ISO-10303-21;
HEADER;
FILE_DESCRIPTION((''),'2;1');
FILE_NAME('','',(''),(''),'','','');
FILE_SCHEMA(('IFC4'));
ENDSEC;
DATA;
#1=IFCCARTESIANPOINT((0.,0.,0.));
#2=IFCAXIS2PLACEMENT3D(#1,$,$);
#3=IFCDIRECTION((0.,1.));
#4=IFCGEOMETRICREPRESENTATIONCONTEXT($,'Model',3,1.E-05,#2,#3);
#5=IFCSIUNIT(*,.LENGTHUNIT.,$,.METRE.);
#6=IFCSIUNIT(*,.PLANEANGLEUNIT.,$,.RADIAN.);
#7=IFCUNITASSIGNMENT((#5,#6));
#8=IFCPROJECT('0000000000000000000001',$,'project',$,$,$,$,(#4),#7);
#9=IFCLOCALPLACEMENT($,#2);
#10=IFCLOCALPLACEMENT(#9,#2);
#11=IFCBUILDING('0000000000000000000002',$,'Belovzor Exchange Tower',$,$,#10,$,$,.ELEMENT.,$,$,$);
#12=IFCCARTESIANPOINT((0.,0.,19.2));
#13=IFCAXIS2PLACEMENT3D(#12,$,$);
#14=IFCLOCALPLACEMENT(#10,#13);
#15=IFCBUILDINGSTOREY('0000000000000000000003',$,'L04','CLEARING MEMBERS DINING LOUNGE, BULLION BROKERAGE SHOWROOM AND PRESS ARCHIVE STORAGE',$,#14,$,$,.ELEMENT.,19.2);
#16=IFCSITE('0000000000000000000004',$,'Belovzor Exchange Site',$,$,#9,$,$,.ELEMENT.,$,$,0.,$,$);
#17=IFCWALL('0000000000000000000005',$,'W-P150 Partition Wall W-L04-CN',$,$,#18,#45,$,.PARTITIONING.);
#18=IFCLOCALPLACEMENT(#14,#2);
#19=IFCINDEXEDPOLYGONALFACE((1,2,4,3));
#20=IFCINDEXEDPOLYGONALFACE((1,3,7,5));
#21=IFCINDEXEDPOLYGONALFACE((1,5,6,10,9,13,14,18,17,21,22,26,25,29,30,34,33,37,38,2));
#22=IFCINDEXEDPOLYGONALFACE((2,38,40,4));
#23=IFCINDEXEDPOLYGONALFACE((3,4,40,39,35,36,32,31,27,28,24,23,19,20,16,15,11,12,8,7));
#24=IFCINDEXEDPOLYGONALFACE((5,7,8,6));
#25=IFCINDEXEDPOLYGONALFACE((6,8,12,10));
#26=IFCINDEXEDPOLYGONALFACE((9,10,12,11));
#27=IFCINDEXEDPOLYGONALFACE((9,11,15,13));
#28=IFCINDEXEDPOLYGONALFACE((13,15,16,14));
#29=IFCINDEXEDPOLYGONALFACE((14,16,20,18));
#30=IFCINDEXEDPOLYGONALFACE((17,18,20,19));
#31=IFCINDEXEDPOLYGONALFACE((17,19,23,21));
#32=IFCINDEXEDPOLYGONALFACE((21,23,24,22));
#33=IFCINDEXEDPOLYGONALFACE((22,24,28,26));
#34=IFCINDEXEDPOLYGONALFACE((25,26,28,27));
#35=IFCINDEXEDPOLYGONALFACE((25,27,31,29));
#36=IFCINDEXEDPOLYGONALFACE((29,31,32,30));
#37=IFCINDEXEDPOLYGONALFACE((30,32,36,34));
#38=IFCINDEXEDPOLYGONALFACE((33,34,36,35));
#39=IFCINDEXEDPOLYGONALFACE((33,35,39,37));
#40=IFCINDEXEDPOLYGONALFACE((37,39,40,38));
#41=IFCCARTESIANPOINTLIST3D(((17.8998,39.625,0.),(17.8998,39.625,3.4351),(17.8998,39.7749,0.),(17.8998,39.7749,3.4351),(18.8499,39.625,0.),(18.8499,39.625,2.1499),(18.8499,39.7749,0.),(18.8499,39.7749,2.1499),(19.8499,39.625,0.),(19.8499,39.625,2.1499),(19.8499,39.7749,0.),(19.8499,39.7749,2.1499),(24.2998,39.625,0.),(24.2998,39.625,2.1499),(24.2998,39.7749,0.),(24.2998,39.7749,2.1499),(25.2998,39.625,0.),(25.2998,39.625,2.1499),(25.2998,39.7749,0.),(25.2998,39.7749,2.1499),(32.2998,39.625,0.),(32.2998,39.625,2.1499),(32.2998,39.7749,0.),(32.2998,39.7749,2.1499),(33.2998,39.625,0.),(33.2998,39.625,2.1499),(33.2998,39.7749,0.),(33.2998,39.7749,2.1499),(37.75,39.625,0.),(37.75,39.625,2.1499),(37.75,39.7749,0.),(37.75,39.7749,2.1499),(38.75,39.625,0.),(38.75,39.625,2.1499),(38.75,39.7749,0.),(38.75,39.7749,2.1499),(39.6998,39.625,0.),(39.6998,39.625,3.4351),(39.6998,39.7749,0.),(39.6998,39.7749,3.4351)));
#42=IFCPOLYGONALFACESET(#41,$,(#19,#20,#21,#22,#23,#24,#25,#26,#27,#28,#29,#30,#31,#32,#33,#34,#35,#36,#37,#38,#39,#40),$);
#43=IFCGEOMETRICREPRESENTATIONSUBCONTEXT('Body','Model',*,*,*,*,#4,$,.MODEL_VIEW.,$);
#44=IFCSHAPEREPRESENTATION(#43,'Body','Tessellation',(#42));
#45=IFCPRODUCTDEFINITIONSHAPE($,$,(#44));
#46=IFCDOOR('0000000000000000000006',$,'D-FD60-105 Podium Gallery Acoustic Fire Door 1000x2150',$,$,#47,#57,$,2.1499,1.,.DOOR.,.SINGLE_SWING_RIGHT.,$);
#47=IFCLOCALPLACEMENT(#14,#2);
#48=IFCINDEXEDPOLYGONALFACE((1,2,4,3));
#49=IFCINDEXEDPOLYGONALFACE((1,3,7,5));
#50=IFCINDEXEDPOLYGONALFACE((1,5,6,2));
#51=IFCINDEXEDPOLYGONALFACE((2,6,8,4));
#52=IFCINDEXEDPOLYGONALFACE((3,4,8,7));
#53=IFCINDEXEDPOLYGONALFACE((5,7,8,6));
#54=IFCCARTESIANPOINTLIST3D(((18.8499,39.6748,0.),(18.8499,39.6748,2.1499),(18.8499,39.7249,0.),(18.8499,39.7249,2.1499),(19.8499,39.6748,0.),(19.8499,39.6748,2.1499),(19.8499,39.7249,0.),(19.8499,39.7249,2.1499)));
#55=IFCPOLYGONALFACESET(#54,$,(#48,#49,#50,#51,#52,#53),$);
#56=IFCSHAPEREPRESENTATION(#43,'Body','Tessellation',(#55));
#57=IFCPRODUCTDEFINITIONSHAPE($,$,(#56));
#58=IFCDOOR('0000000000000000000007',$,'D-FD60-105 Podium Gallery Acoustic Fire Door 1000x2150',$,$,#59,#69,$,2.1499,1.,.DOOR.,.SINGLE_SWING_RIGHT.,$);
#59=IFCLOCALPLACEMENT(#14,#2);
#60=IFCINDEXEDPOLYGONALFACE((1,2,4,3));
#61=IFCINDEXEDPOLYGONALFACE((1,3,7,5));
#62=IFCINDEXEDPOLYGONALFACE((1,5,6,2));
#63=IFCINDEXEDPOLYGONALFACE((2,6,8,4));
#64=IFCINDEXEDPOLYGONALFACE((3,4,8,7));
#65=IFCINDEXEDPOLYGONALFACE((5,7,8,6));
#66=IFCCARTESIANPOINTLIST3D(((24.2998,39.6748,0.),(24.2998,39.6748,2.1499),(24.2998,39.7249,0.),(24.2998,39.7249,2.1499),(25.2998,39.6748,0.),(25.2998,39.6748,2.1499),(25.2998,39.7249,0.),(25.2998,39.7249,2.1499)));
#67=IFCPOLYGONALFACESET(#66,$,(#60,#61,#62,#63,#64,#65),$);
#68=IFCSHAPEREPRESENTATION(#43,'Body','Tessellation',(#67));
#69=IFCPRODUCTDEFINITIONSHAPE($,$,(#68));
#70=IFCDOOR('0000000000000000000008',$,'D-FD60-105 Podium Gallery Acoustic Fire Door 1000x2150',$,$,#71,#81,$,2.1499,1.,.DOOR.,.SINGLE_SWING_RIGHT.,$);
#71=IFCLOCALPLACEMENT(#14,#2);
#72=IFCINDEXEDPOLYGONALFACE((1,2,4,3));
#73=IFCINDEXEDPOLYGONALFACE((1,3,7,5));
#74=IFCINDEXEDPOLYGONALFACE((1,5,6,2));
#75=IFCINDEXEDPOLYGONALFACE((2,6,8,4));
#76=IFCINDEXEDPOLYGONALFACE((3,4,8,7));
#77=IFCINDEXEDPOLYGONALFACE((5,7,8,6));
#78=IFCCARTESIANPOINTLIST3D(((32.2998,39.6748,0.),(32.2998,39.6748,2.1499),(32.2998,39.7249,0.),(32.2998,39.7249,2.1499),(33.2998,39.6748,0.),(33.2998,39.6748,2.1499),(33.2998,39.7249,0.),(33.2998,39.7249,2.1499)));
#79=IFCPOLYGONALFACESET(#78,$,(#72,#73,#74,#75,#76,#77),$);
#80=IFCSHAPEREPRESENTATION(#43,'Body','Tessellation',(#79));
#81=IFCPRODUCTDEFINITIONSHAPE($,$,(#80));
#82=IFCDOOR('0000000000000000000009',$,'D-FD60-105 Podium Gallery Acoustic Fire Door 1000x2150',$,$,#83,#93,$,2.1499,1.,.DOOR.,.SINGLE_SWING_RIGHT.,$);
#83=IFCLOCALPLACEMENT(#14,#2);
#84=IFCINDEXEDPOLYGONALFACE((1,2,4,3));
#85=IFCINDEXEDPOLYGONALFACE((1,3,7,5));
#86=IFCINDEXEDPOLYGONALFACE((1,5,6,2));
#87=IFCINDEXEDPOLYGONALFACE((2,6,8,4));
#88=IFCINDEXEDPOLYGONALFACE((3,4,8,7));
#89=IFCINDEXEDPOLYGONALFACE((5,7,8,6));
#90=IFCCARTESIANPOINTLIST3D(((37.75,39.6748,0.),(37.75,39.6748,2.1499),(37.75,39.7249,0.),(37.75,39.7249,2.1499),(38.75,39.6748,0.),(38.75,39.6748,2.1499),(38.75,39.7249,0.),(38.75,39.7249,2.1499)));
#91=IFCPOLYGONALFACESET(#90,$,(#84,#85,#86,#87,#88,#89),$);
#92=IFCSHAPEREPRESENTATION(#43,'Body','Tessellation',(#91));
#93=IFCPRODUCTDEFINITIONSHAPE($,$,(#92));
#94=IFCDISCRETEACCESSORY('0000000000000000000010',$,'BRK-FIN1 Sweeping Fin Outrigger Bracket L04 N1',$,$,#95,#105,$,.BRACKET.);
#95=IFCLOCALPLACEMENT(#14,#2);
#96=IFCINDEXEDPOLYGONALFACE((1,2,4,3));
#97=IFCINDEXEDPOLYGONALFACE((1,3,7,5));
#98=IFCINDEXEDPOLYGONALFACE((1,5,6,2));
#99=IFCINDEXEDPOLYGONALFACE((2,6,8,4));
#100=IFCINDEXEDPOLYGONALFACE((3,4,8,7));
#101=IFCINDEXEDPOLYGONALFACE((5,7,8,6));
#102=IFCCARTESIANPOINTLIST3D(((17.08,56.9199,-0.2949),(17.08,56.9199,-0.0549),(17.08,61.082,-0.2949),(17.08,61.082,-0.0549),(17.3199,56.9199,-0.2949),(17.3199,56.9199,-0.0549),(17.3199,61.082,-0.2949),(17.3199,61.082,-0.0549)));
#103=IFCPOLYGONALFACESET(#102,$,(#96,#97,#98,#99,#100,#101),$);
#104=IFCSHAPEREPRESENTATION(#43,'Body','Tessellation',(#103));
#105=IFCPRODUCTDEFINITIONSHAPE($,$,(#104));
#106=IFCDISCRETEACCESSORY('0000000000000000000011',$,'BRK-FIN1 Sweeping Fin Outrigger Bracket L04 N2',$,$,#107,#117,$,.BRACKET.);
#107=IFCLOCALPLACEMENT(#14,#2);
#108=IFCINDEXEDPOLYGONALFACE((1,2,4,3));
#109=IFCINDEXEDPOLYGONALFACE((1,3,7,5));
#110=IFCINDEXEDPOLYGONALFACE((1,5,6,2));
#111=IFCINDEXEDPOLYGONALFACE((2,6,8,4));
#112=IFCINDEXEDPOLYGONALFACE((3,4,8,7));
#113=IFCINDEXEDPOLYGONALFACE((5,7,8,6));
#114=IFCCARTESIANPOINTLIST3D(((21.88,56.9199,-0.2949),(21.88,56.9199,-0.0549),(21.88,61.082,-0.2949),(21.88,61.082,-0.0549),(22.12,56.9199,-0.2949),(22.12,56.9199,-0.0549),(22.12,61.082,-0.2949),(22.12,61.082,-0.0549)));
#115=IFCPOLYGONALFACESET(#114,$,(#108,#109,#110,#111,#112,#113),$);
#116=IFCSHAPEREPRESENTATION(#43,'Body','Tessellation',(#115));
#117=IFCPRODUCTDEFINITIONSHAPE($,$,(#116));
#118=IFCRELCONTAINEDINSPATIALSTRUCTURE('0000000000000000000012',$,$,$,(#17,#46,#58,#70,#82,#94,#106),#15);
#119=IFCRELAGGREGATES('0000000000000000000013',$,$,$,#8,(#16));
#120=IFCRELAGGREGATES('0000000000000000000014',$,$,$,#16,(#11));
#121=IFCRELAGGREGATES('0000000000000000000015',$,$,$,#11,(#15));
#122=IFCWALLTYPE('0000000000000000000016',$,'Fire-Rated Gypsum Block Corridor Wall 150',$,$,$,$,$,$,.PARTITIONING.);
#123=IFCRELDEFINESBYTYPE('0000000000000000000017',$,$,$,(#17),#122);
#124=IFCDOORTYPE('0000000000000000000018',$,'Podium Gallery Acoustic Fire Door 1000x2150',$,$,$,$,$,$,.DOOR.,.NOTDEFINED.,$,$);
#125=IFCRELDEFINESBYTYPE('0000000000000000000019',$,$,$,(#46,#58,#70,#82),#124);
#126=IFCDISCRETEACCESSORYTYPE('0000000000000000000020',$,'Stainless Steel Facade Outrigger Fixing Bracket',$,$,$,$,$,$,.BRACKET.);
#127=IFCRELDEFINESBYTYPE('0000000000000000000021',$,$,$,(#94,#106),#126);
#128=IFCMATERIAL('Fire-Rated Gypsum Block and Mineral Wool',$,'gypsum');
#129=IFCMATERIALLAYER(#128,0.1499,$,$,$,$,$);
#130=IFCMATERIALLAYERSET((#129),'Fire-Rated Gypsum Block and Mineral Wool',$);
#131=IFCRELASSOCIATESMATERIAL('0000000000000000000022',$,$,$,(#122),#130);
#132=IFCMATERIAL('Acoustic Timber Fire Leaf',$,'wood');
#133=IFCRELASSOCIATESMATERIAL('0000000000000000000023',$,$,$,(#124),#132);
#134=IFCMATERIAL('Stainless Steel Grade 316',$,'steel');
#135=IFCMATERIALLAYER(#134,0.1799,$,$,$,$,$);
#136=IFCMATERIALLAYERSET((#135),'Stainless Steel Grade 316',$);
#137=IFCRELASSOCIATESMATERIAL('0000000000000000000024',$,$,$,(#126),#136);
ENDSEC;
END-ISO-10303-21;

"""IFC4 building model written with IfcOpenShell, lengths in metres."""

from ifc_helpers import new_model, si_unit, direction, frame, frame_2d, origin, origin_2d, place, context, subcontext, project, spatial, rectangle, extrude, material, layer, layer_set, type_object, element, fill, save


model = new_model("IFC4")

# Units and contexts
model_context = context("Model", 3, precision=1e-05, world=origin(), true_north=direction((0.0, 1.0)))
body_context = subcontext(model_context, "Body", "Model", "MODEL_VIEW")
ifc_project = project(units=[si_unit("LENGTHUNIT", "METRE"), si_unit("PLANEANGLEUNIT", "RADIAN")], contexts=[model_context])

# Site, building, storey
site_placement = place(None, origin())
site = spatial("IfcSite", under=ifc_project, at=site_placement, Name="Belovzor Exchange Site", CompositionType="ELEMENT", RefElevation=0.0)
building_placement = place(site_placement, origin())
building = spatial("IfcBuilding", under=site, at=building_placement, Name="Belovzor Exchange Tower", CompositionType="ELEMENT")
storey_placement = place(building_placement, frame((0.0, 0.0, 19.2)))
storey = spatial("IfcBuildingStorey", under=building, at=storey_placement, Name="L04", Description="CLEARING MEMBERS DINING LOUNGE, BULLION BROKERAGE SHOWROOM AND PRESS ARCHIVE STORAGE", CompositionType="ELEMENT", Elevation=19.2)

# Wall, openings, doors
ifc_material_1 = material(Name="Fire-Rated Gypsum Block and Mineral Wool", Category="gypsum")
ifc_layer_1 = layer(ifc_material_1, 0.1499)
ifc_layer_set_1 = layer_set([ifc_layer_1], Name="Fire-Rated Gypsum Block and Mineral Wool")
wall_type_1 = type_object("IfcWallType", Name="Fire-Rated Gypsum Block Corridor Wall 150", PredefinedType="PARTITIONING", material=ifc_layer_set_1)
wall_1_placement = place(storey_placement, frame((17.8999, 39.7, 0.0), z_axis=(0.0, 0.0, 1.0), x_axis=(1.0, 0.0, 0.0)))
wall_1 = element("IfcWall", 1, at=wall_1_placement, inside=storey, type_object=wall_type_1, Name="W-P150 Partition Wall W-L04-CN", PredefinedType="PARTITIONING", context=body_context, shape_type="SweptSolid", body=[
    extrude(rectangle(XDim=21.8, YDim=0.1499, at=frame_2d((10.8999, 0.0))), origin(), (0.0, 0.0, 1.0), 3.4351),
])
opening_1_placement = place(wall_1_placement, frame((0.95, 0.0, 0.0)))
opening_1 = element("IfcOpeningElement", 2, at=opening_1_placement, cuts=wall_1, PredefinedType="OPENING", context=body_context, shape_type="SweptSolid", body=[
    extrude(rectangle(XDim=1.0, YDim=2.1499, at=frame_2d((0.5, 1.075))), frame((0.0, 0.085, 0.0), z_axis=(0.0, -1.0, 0.0), x_axis=(1.0, 0.0, 0.0)), (0.0, 0.0, 1.0), 0.1699),
])
opening_2_placement = place(wall_1_placement, frame((6.3999, 0.0, 0.0)))
opening_2 = element("IfcOpeningElement", 3, at=opening_2_placement, cuts=wall_1, PredefinedType="OPENING", context=body_context, shape_type="SweptSolid", body=[
    extrude(rectangle(XDim=1.0, YDim=2.1499, at=frame_2d((0.5, 1.075))), frame((0.0, 0.085, 0.0), z_axis=(0.0, -1.0, 0.0), x_axis=(1.0, 0.0, 0.0)), (0.0, 0.0, 1.0), 0.1699),
])
opening_3_placement = place(wall_1_placement, frame((14.3999, 0.0, 0.0)))
opening_3 = element("IfcOpeningElement", 4, at=opening_3_placement, cuts=wall_1, PredefinedType="OPENING", context=body_context, shape_type="SweptSolid", body=[
    extrude(rectangle(XDim=1.0, YDim=2.1499, at=frame_2d((0.5, 1.075))), frame((0.0, 0.085, 0.0), z_axis=(0.0, -1.0, 0.0), x_axis=(1.0, 0.0, 0.0)), (0.0, 0.0, 1.0), 0.1699),
])
opening_4_placement = place(wall_1_placement, frame((19.8501, 0.0, 0.0)))
opening_4 = element("IfcOpeningElement", 5, at=opening_4_placement, cuts=wall_1, PredefinedType="OPENING", context=body_context, shape_type="SweptSolid", body=[
    extrude(rectangle(XDim=1.0, YDim=2.1499, at=frame_2d((0.5, 1.075))), frame((0.0, 0.085, 0.0), z_axis=(0.0, -1.0, 0.0), x_axis=(1.0, 0.0, 0.0)), (0.0, 0.0, 1.0), 0.1699),
])
ifc_material_2 = material(Name="Acoustic Timber Fire Leaf", Category="wood")
door_type = type_object("IfcDoorType", Name="Podium Gallery Acoustic Fire Door 1000x2150", OperationType="NOTDEFINED", PredefinedType="DOOR", material=ifc_material_2)
door_1_placement = place(opening_1_placement, origin())
door_1 = element("IfcDoor", 6, at=door_1_placement, inside=storey, type_object=door_type, Name="D-FD60-105 Podium Gallery Acoustic Fire Door 1000x2150", OperationType="SINGLE_SWING_RIGHT", OverallHeight=2.1499, OverallWidth=1.0, PredefinedType="DOOR", context=body_context, shape_type="SweptSolid", body=[
    extrude(rectangle(XDim=1.0, YDim=2.1499, at=frame_2d((0.5, 1.075))), frame((0.0, 0.0249, 0.0), z_axis=(0.0, -1.0, 0.0), x_axis=(1.0, 0.0, 0.0)), (0.0, 0.0, 1.0), 0.05),
])
fill(opening_1, door_1)
door_2_placement = place(opening_2_placement, origin())
door_2 = element("IfcDoor", 7, at=door_2_placement, inside=storey, type_object=door_type, Name="D-FD60-105 Podium Gallery Acoustic Fire Door 1000x2150", OperationType="SINGLE_SWING_RIGHT", OverallHeight=2.1499, OverallWidth=1.0, PredefinedType="DOOR", context=body_context, shape_type="SweptSolid", body=[
    extrude(rectangle(XDim=1.0, YDim=2.1499, at=frame_2d((0.5, 1.075))), frame((0.0, 0.0249, 0.0), z_axis=(0.0, -1.0, 0.0), x_axis=(1.0, 0.0, 0.0)), (0.0, 0.0, 1.0), 0.05),
])
fill(opening_2, door_2)
door_3_placement = place(opening_3_placement, origin())
door_3 = element("IfcDoor", 8, at=door_3_placement, inside=storey, type_object=door_type, Name="D-FD60-105 Podium Gallery Acoustic Fire Door 1000x2150", OperationType="SINGLE_SWING_RIGHT", OverallHeight=2.1499, OverallWidth=1.0, PredefinedType="DOOR", context=body_context, shape_type="SweptSolid", body=[
    extrude(rectangle(XDim=1.0, YDim=2.1499, at=frame_2d((0.5, 1.075))), frame((0.0, 0.0249, 0.0), z_axis=(0.0, -1.0, 0.0), x_axis=(1.0, 0.0, 0.0)), (0.0, 0.0, 1.0), 0.05),
])
fill(opening_3, door_3)
door_4_placement = place(opening_4_placement, origin())
door_4 = element("IfcDoor", 9, at=door_4_placement, inside=storey, type_object=door_type, Name="D-FD60-105 Podium Gallery Acoustic Fire Door 1000x2150", OperationType="SINGLE_SWING_RIGHT", OverallHeight=2.1499, OverallWidth=1.0, PredefinedType="DOOR", context=body_context, shape_type="SweptSolid", body=[
    extrude(rectangle(XDim=1.0, YDim=2.1499, at=frame_2d((0.5, 1.075))), frame((0.0, 0.0249, 0.0), z_axis=(0.0, -1.0, 0.0), x_axis=(1.0, 0.0, 0.0)), (0.0, 0.0, 1.0), 0.05),
])
fill(opening_4, door_4)

# Discrete accessories
ifc_material_3 = material(Name="Stainless Steel Grade 316", Category="steel")
ifc_layer_2 = layer(ifc_material_3, 0.1799)
ifc_layer_set_2 = layer_set([ifc_layer_2], Name="Stainless Steel Grade 316")
discrete_accessory_type = type_object("IfcDiscreteAccessoryType", Name="Stainless Steel Facade Outrigger Fixing Bracket", PredefinedType="BRACKET", material=ifc_layer_set_2)
for number, where, z_axis, x_axis, name in (
    (10, (17.2, 59.001, -0.2949), (0.0, 0.0, 1.0), (0.0, 1.0, 0.0), "BRK-FIN1 Sweeping Fin Outrigger Bracket L04 N1"),
    (11, (22.0, 59.001, -0.2949), (0.0, 0.0, 1.0), (0.0, 1.0, 0.0), "BRK-FIN1 Sweeping Fin Outrigger Bracket L04 N2"),
):
    element("IfcDiscreteAccessory", number, at=place(storey_placement, frame(where, z_axis=z_axis, x_axis=x_axis)), inside=storey, type_object=discrete_accessory_type, Name=name, PredefinedType="BRACKET", context=body_context, shape_type="SweptSolid", body=[
        extrude(rectangle(XDim=4.1621, YDim=0.24, at=origin_2d()), origin(), (0.0, 0.0, 1.0), 0.24),
    ])

save(model, "model.ifc")
